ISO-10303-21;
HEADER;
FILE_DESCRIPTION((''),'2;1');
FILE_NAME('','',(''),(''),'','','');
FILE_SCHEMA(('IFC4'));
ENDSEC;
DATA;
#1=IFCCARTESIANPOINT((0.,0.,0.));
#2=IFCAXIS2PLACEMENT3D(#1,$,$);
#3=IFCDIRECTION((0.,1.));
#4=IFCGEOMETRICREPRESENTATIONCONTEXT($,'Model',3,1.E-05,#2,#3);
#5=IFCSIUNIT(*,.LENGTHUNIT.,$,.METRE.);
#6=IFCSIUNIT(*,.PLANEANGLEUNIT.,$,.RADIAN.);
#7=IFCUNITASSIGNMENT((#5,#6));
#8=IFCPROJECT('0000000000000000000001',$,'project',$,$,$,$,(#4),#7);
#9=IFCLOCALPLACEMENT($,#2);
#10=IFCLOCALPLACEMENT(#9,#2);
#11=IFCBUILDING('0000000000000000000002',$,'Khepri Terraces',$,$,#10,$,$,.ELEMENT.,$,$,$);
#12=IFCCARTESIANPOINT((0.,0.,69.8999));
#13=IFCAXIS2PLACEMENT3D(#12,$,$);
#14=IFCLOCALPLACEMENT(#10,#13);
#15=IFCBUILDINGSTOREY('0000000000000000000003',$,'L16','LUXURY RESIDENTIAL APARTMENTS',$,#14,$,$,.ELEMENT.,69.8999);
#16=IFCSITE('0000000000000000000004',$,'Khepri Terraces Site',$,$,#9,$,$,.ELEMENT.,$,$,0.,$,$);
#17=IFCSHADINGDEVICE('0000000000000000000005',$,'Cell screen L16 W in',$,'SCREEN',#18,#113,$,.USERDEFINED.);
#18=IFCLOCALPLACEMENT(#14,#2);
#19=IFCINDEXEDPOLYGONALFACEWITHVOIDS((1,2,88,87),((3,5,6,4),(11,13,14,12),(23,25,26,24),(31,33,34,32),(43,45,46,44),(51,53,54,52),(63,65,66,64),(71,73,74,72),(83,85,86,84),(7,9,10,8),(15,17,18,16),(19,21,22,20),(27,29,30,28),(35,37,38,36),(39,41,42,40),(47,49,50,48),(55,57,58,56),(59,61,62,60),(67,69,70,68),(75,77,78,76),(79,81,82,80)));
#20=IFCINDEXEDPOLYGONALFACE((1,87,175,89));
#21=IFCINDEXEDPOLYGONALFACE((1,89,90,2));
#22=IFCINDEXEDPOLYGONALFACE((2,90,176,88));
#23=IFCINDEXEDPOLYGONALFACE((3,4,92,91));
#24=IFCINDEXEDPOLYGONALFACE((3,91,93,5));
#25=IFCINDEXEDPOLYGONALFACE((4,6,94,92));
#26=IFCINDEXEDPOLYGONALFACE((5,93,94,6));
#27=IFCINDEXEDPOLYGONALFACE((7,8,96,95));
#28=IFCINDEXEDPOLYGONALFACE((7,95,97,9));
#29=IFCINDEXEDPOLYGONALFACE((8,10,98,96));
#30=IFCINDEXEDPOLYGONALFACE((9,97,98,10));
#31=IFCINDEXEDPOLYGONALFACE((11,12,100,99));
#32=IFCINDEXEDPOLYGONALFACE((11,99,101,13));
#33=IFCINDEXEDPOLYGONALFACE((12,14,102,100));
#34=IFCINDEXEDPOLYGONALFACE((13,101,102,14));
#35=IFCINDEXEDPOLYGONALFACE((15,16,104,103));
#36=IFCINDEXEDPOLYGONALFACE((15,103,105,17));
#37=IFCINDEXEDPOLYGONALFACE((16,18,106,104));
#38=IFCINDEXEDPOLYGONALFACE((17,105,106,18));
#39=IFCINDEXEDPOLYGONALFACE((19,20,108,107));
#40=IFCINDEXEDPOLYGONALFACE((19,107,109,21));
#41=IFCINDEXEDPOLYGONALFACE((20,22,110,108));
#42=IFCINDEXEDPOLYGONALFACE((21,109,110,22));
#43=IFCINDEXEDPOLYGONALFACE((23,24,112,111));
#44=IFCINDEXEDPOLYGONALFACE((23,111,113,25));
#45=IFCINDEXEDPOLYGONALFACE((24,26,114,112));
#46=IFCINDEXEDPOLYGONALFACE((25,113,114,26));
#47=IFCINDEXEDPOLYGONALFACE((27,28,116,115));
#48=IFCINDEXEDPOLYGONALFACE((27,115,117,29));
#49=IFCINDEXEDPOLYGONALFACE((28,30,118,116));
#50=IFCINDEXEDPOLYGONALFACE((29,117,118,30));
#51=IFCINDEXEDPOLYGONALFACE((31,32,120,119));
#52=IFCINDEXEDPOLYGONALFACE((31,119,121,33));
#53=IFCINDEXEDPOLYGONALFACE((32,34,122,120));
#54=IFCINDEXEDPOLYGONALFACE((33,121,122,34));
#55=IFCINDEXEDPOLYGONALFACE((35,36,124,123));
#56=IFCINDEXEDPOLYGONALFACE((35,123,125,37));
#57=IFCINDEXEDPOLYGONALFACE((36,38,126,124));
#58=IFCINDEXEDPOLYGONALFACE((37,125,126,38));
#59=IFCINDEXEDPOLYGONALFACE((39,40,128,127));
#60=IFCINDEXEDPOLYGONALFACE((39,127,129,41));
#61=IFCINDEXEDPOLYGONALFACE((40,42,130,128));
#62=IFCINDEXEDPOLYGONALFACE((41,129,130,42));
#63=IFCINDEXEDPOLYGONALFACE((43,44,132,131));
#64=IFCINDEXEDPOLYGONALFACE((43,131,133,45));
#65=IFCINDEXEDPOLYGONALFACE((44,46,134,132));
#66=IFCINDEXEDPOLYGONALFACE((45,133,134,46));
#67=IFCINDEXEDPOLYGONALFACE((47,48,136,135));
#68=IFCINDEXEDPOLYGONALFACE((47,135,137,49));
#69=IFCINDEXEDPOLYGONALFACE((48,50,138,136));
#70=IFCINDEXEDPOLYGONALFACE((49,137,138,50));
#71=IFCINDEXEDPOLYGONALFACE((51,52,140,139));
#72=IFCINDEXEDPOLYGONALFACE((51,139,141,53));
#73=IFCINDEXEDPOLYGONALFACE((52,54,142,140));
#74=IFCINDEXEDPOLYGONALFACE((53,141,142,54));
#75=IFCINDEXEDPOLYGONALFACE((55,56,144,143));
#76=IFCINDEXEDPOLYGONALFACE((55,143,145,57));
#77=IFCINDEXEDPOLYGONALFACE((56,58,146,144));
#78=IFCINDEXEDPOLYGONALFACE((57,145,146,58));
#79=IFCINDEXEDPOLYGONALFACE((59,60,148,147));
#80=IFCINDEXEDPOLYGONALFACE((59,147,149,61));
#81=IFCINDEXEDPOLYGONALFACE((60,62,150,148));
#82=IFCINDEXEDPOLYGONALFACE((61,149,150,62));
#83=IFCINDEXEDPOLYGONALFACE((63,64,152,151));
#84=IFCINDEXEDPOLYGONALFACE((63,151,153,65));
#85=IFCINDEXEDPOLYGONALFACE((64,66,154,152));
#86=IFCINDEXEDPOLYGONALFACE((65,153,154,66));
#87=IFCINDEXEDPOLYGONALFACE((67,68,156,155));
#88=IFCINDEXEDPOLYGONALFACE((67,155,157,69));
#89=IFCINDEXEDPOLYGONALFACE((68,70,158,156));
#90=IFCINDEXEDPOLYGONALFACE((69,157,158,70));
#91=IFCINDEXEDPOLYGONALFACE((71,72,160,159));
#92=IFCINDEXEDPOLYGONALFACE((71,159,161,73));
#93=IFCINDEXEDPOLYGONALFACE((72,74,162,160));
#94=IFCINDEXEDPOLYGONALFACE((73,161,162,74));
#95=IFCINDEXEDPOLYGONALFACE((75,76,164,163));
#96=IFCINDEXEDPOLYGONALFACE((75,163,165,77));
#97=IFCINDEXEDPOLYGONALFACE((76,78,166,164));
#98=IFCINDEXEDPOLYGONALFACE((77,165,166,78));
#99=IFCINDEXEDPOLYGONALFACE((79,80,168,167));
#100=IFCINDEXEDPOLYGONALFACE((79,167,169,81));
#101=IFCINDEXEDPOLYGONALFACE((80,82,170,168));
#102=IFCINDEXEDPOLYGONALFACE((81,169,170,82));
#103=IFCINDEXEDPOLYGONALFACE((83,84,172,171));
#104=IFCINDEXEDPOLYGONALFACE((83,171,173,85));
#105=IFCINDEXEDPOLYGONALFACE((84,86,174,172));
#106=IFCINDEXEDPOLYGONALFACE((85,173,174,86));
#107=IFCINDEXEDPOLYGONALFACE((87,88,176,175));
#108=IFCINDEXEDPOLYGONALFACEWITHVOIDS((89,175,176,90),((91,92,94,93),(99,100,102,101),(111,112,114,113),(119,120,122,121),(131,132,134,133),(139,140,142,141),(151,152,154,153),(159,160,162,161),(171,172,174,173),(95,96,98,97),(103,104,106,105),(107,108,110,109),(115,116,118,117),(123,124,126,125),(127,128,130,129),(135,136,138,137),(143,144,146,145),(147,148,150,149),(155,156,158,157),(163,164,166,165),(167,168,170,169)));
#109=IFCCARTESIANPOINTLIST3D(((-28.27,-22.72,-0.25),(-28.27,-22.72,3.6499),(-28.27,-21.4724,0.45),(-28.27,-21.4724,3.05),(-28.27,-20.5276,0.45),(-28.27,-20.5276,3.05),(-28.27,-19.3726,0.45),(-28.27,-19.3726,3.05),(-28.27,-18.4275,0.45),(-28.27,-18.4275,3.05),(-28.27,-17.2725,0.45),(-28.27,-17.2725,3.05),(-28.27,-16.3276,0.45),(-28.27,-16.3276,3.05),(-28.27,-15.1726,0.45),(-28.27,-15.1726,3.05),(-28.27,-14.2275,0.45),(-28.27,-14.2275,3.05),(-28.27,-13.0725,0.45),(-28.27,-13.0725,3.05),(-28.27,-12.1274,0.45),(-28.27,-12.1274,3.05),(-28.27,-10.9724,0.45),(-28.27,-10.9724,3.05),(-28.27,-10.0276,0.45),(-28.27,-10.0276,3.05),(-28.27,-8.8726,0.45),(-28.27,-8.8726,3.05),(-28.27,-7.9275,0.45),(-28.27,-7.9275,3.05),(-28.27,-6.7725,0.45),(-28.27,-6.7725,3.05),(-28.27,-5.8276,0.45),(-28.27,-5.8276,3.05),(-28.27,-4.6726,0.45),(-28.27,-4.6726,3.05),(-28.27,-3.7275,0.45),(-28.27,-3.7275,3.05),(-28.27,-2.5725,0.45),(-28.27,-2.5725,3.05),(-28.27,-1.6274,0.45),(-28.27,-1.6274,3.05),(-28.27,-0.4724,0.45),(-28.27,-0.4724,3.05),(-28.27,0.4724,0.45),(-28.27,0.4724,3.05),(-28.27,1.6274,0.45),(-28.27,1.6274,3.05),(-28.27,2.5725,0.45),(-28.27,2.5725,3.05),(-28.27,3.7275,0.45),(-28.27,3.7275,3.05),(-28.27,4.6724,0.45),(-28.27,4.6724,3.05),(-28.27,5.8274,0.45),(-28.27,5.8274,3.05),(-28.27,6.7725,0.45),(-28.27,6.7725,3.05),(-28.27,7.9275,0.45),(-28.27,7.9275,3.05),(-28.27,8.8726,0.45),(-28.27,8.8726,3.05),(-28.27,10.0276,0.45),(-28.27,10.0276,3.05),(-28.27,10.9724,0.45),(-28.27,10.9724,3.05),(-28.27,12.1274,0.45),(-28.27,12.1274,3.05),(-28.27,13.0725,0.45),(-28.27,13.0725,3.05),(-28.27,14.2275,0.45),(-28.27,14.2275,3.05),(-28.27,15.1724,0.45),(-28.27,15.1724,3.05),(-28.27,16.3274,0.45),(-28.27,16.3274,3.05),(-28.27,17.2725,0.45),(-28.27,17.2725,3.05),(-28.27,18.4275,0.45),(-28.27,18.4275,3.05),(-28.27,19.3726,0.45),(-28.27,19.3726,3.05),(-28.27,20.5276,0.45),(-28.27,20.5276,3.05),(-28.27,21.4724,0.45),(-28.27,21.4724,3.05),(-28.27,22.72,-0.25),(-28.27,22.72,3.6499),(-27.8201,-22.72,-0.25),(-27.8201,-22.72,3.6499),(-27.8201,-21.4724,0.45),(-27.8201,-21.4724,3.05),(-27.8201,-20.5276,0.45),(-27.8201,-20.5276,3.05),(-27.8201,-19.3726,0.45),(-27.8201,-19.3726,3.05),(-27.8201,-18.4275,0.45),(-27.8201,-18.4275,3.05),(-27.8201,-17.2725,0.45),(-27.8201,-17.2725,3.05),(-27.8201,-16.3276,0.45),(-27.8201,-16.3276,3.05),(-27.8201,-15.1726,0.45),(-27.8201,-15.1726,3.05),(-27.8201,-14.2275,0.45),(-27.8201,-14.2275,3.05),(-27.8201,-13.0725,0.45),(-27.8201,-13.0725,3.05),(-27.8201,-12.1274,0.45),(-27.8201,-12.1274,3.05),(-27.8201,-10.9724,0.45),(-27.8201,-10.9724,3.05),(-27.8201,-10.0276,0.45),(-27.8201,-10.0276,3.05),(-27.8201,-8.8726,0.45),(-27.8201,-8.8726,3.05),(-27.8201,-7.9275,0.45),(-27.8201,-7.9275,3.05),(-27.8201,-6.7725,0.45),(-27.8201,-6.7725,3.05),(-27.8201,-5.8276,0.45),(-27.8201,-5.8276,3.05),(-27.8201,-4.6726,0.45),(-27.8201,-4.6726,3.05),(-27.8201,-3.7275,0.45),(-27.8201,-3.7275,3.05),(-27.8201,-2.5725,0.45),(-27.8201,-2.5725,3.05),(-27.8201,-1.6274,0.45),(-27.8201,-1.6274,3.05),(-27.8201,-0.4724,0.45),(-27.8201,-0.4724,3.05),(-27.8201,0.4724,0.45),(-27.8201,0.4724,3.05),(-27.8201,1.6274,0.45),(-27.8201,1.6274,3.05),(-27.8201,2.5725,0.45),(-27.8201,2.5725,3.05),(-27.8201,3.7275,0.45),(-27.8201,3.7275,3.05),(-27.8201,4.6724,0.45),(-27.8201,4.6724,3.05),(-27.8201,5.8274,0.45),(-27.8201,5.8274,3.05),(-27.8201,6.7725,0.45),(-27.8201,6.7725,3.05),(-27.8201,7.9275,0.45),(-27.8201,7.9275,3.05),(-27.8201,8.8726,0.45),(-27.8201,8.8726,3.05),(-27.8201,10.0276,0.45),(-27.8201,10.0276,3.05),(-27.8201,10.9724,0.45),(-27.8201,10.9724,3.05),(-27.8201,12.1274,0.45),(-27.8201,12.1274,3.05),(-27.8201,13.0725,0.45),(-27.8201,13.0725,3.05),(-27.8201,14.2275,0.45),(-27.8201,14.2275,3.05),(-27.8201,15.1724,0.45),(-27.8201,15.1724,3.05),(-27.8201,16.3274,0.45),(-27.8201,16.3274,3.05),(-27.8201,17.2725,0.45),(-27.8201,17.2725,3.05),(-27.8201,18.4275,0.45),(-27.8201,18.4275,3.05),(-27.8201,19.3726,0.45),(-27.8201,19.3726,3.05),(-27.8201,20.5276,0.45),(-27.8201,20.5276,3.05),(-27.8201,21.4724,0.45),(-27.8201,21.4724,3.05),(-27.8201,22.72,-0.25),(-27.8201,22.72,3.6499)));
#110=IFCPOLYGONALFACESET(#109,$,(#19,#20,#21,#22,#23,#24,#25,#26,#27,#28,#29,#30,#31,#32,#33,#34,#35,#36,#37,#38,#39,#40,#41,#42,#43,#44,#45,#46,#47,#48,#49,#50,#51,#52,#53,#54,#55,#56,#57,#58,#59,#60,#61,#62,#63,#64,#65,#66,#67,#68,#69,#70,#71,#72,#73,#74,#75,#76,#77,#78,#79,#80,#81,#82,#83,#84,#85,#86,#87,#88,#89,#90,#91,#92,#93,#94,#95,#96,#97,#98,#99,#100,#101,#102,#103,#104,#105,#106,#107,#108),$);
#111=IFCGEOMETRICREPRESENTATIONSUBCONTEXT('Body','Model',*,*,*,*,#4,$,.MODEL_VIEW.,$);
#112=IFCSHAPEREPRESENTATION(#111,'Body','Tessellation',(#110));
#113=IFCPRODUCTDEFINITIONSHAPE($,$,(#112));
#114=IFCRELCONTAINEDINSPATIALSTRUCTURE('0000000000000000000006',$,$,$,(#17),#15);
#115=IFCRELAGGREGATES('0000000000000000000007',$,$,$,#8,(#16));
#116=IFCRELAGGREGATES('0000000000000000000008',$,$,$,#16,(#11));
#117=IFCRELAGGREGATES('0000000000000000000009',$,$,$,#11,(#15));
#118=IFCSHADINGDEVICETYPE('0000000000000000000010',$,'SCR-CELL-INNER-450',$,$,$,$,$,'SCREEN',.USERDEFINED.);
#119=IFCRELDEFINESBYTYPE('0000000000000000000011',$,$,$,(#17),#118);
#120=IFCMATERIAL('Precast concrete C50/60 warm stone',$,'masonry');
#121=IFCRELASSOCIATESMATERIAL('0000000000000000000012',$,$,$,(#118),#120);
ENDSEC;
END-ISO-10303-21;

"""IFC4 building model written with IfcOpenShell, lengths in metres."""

from ifc_helpers import new_model, si_unit, direction, frame, origin, place, context, subcontext, project, spatial, polyline, outline, extrude, material, type_object, element, save


model = new_model("IFC4")

# Units and contexts
model_context = context("Model", 3, precision=1e-05, world=origin(), true_north=direction((0.0, 1.0)))
body_context = subcontext(model_context, "Body", "Model", "MODEL_VIEW")
ifc_project = project(units=[si_unit("LENGTHUNIT", "METRE"), si_unit("PLANEANGLEUNIT", "RADIAN")], contexts=[model_context])

# Site, building, storey
site_placement = place(None, origin())
site = spatial("IfcSite", under=ifc_project, at=site_placement, Name="Khepri Terraces Site", CompositionType="ELEMENT", RefElevation=0.0)
building_placement = place(site_placement, origin())
building = spatial("IfcBuilding", under=site, at=building_placement, Name="Khepri Terraces", CompositionType="ELEMENT")
storey_placement = place(building_placement, frame((0.0, 0.0, 69.8999)))
storey = spatial("IfcBuildingStorey", under=building, at=storey_placement, Name="L16", Description="LUXURY RESIDENTIAL APARTMENTS", CompositionType="ELEMENT", Elevation=69.8999)

# Shared definitions
ifc_material_1 = material(Name="Precast concrete C50/60 warm stone", Category="masonry")

# Shading device
shading_device_type_1 = type_object("IfcShadingDeviceType", Name="SCR-CELL-INNER-450", ElementType="SCREEN", PredefinedType="USERDEFINED", material=ifc_material_1)
shading_device_1_placement = place(storey_placement, frame((-27.8201, 22.72, -0.25), z_axis=(-1.0, 0.0, 0.0), x_axis=(0.0, -1.0, 0.0)))
element("IfcShadingDevice", 1, at=shading_device_1_placement, inside=storey, type_object=shading_device_type_1, Name="Cell screen L16 W in", ObjectType="SCREEN", PredefinedType="USERDEFINED", context=body_context, shape_type="SweptSolid", body=[
    extrude(outline(polyline([(0.0, 0.0), (45.4399, 0.0), (45.4399, 3.8999), (0.0, 3.8999), (0.0, 0.0)]), holes=[polyline([(1.2476, 0.7), (2.1924, 0.7), (2.1924, 3.3), (1.2476, 3.3), (1.2476, 0.7)]), polyline([(3.3474, 0.7), (4.2925, 0.7), (4.2925, 3.3), (3.3474, 3.3), (3.3474, 0.7)]), polyline([(5.4475, 0.7), (6.3926, 0.7), (6.3926, 3.3), (5.4475, 3.3), (5.4475, 0.7)]), polyline([(7.5476, 0.7), (8.4924, 0.7), (8.4924, 3.3), (7.5476, 3.3), (7.5476, 0.7)]), polyline([(9.6475, 0.7), (10.5925, 0.7), (10.5925, 3.3), (9.6475, 3.3), (9.6475, 0.7)]), polyline([(11.7476, 0.7), (12.6924, 0.7), (12.6924, 3.3), (11.7476, 3.3), (11.7476, 0.7)]), polyline([(13.8474, 0.7), (14.7925, 0.7), (14.7925, 3.3), (13.8474, 3.3), (13.8474, 0.7)]), polyline([(15.9475, 0.7), (16.8926, 0.7), (16.8926, 3.3), (15.9475, 3.3), (15.9475, 0.7)]), polyline([(18.0476, 0.7), (18.9924, 0.7), (18.9924, 3.3), (18.0476, 3.3), (18.0476, 0.7)]), polyline([(20.1475, 0.7), (21.0925, 0.7), (21.0925, 3.3), (20.1475, 3.3), (20.1475, 0.7)]), polyline([(22.2476, 0.7), (23.1924, 0.7), (23.1924, 3.3), (22.2476, 3.3), (22.2476, 0.7)]), polyline([(24.3474, 0.7), (25.2925, 0.7), (25.2925, 3.3), (24.3474, 3.3), (24.3474, 0.7)]), polyline([(26.4475, 0.7), (27.3926, 0.7), (27.3926, 3.3), (26.4475, 3.3), (26.4475, 0.7)]), polyline([(28.5476, 0.7), (29.4924, 0.7), (29.4924, 3.3), (28.5476, 3.3), (28.5476, 0.7)]), polyline([(30.6475, 0.7), (31.5925, 0.7), (31.5925, 3.3), (30.6475, 3.3), (30.6475, 0.7)]), polyline([(32.7476, 0.7), (33.6924, 0.7), (33.6924, 3.3), (32.7476, 3.3), (32.7476, 0.7)]), polyline([(34.8474, 0.7), (35.7925, 0.7), (35.7925, 3.3), (34.8474, 3.3), (34.8474, 0.7)]), polyline([(36.9475, 0.7), (37.8926, 0.7), (37.8926, 3.3), (36.9475, 3.3), (36.9475, 0.7)]), polyline([(39.0476, 0.7), (39.9924, 0.7), (39.9924, 3.3), (39.0476, 3.3), (39.0476, 0.7)]), polyline([(41.1475, 0.7), (42.0925, 0.7), (42.0925, 3.3), (41.1475, 3.3), (41.1475, 0.7)]), polyline([(43.2476, 0.7), (44.1924, 0.7), (44.1924, 3.3), (43.2476, 3.3), (43.2476, 0.7)])]), origin(), (0.0, 0.0, 1.0), 0.45),
])

save(model, "model.ifc")
